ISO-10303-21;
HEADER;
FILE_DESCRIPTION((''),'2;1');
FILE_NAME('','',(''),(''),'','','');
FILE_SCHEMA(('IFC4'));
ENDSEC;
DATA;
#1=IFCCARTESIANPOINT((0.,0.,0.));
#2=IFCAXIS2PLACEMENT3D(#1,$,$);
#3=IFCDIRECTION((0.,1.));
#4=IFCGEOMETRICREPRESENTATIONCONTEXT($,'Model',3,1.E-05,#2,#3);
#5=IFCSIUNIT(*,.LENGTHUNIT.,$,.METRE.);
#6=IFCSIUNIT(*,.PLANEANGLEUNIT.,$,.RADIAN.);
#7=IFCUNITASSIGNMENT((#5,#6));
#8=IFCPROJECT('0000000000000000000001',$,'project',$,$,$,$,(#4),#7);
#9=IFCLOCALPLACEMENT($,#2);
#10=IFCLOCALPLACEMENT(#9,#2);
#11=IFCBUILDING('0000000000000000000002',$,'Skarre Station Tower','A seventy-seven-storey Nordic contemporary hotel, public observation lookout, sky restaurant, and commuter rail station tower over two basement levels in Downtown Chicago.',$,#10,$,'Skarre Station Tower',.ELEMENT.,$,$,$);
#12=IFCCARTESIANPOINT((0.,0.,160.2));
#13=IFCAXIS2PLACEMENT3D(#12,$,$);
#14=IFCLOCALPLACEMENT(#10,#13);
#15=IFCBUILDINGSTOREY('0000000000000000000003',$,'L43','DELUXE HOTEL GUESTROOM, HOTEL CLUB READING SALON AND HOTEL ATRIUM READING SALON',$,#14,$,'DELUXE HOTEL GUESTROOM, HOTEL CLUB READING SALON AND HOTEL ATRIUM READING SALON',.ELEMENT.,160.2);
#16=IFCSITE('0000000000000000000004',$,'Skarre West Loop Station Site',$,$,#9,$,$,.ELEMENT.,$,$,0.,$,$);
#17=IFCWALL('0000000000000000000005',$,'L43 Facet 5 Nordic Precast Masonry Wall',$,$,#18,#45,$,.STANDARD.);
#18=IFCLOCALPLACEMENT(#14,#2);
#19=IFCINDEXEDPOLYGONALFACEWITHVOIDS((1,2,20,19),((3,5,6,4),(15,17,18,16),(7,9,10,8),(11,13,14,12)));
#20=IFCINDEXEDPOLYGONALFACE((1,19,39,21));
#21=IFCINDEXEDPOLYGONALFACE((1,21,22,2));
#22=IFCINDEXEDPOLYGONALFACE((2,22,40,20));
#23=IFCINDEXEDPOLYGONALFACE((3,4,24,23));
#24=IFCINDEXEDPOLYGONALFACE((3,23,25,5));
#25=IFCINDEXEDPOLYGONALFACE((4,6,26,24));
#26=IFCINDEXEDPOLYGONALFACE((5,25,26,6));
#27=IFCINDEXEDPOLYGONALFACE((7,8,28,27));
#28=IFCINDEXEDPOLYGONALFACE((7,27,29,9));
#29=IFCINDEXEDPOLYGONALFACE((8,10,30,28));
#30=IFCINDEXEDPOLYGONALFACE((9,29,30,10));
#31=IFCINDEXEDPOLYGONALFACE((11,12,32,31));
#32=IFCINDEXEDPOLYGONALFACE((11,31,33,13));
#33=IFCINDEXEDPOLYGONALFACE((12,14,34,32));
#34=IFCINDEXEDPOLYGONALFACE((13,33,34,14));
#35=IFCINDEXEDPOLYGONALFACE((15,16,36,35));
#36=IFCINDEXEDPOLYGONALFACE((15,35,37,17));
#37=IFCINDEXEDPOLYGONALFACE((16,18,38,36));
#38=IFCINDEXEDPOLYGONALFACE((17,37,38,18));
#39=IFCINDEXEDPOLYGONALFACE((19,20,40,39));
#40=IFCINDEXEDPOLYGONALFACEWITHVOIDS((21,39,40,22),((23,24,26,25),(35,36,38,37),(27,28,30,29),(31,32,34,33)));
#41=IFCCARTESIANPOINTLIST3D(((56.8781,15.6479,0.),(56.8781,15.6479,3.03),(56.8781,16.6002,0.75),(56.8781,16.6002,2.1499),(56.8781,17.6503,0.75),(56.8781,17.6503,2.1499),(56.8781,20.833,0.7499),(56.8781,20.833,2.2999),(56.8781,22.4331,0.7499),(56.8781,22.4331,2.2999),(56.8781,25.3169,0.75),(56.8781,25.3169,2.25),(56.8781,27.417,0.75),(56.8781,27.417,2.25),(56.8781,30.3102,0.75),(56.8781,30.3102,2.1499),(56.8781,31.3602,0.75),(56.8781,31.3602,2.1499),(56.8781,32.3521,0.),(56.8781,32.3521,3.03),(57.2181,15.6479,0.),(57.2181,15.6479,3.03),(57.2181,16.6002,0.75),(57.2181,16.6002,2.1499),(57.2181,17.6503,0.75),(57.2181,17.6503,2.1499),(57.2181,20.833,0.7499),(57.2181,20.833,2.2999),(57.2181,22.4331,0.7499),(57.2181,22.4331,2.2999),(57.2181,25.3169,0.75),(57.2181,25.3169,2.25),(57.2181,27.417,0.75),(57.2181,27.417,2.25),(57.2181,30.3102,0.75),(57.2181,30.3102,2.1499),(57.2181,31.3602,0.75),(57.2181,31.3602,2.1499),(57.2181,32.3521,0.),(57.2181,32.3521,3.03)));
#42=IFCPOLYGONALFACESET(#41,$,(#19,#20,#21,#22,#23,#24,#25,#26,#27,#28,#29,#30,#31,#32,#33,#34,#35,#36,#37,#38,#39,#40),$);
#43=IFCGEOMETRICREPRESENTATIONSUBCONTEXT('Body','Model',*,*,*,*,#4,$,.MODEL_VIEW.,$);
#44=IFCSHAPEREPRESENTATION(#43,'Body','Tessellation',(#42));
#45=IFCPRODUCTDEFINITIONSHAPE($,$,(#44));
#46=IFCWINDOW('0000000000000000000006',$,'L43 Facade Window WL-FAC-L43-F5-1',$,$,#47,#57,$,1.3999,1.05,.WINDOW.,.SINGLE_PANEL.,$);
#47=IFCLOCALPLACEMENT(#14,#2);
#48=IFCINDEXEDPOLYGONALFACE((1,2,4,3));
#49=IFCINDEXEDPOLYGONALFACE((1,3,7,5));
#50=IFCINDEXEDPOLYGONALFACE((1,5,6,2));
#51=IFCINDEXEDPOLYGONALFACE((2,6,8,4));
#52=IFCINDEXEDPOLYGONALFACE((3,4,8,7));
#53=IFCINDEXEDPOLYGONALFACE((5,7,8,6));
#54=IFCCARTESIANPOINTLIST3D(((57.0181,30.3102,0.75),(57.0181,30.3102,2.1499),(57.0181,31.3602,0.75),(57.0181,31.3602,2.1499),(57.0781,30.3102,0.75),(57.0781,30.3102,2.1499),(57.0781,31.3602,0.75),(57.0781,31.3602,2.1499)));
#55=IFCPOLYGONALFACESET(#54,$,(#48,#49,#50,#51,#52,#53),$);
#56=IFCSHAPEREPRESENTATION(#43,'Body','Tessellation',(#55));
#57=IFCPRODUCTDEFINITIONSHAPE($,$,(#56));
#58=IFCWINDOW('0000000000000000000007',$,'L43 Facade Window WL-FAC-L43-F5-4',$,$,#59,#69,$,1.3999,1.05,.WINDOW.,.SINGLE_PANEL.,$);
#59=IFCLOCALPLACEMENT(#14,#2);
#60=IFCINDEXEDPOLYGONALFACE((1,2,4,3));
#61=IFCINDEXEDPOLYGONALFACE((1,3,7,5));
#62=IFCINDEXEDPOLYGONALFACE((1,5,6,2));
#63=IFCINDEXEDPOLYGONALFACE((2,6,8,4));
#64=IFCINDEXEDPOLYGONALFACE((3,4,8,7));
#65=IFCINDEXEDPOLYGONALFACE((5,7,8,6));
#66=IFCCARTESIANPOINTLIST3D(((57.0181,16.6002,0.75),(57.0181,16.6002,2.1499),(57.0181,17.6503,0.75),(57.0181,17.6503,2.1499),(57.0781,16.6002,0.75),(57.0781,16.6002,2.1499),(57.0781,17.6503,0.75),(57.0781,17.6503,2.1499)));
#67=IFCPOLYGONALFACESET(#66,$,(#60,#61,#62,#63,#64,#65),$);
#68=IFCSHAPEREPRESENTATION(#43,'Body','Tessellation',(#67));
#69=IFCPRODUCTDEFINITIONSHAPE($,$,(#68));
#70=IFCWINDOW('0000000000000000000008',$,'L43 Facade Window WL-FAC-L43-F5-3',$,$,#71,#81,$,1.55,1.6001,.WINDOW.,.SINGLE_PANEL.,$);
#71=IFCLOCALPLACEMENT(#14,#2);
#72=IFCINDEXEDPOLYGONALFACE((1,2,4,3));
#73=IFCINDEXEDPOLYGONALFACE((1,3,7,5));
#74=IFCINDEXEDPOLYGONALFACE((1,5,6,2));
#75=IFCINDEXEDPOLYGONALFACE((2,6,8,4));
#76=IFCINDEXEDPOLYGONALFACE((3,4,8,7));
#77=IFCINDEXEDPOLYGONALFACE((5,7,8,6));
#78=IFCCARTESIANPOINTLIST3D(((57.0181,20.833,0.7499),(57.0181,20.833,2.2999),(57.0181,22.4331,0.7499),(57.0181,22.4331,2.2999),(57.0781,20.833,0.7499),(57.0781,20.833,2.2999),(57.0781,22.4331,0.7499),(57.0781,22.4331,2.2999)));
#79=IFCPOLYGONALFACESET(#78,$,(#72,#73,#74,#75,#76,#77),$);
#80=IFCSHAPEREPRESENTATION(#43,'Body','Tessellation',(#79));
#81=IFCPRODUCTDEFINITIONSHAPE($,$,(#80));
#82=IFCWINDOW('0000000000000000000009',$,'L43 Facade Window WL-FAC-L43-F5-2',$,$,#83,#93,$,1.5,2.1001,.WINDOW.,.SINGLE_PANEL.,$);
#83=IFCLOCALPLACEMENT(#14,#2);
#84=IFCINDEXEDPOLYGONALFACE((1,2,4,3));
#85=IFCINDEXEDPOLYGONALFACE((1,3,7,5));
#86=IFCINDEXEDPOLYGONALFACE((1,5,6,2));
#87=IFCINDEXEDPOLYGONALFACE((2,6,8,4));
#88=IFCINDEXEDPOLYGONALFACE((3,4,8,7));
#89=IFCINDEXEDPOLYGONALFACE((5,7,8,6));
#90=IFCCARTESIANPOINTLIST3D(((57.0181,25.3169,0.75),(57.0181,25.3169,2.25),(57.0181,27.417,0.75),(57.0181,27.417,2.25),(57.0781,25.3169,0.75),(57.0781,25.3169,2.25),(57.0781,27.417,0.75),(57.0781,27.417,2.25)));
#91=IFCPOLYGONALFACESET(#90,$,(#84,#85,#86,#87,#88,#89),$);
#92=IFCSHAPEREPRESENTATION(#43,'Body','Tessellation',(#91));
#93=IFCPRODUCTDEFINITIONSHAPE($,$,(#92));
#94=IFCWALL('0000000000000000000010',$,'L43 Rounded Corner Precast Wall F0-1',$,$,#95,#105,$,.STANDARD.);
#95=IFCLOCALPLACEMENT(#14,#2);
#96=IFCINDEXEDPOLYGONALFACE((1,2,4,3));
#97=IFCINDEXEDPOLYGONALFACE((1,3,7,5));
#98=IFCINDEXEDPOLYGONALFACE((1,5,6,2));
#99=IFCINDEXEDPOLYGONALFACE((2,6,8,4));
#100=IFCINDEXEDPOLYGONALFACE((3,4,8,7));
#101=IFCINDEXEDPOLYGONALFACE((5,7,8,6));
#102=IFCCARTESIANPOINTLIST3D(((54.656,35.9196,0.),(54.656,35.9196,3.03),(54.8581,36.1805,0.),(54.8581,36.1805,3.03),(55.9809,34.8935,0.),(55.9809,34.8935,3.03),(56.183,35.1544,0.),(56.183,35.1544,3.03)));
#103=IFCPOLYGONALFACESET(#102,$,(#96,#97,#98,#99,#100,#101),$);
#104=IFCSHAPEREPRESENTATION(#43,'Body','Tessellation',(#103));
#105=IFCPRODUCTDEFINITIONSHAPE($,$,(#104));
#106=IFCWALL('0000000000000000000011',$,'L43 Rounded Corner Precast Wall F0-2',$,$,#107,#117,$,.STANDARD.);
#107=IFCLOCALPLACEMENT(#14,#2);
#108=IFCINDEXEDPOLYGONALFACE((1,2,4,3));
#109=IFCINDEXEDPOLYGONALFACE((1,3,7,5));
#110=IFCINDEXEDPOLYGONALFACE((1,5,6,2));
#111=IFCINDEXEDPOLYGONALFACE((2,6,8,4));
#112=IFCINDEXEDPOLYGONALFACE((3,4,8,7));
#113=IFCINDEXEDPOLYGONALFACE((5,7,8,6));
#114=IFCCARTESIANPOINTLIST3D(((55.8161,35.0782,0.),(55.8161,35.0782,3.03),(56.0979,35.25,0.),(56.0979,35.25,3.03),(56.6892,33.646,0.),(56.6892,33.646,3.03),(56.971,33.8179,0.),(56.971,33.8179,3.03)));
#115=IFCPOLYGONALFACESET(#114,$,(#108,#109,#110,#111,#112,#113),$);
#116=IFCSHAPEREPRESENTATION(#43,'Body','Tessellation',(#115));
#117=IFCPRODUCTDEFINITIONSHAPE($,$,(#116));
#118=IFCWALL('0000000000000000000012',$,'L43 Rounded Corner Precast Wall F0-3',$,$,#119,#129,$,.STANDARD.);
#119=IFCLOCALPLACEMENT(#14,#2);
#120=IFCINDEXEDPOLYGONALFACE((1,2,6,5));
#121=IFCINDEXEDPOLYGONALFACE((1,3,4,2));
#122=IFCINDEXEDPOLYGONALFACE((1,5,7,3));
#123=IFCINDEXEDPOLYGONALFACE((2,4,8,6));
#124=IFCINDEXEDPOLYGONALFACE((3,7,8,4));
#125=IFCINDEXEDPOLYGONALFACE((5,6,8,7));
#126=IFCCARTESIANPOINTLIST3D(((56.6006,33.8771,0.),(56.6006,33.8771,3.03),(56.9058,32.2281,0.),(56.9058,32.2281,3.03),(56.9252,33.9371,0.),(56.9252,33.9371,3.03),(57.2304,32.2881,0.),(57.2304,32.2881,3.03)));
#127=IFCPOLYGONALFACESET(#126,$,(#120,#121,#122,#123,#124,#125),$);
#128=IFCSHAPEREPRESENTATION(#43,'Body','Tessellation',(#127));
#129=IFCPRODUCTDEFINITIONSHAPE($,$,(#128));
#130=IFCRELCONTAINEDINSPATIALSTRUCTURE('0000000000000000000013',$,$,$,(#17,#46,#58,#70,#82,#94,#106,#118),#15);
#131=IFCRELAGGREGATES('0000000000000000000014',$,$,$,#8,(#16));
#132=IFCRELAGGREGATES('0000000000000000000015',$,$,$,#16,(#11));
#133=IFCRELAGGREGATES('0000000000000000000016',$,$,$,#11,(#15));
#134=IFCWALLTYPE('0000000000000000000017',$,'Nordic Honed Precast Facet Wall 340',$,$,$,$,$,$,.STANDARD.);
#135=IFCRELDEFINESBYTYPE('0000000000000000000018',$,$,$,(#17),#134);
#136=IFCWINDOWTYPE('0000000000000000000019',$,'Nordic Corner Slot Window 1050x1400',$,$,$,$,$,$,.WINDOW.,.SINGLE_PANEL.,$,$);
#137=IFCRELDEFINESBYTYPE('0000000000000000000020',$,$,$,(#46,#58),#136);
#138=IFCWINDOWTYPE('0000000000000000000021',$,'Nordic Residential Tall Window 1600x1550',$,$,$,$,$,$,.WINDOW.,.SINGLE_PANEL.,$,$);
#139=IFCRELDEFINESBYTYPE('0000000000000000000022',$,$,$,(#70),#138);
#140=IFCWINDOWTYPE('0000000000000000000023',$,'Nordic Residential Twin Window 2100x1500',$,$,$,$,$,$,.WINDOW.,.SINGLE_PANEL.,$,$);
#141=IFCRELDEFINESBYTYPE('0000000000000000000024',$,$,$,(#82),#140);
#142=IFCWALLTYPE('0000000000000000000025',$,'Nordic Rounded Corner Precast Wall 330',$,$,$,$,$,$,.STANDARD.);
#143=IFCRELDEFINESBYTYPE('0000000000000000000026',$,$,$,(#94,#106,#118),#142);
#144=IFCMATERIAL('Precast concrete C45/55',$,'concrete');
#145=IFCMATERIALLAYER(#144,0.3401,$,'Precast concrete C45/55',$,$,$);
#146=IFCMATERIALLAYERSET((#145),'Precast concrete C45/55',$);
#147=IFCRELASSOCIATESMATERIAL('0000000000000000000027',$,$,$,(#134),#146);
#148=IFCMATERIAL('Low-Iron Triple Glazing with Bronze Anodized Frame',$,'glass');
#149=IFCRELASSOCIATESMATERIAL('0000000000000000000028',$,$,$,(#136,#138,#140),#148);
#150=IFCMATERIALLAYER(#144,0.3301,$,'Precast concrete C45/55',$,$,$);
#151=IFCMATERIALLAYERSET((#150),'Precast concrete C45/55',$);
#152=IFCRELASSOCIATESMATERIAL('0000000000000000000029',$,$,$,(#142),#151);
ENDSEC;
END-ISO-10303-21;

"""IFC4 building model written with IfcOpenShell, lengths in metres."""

from ifc_helpers import new_model, si_unit, direction, frame, frame_2d, origin, place, context, subcontext, project, spatial, rectangle, extrude, material, layer, layer_set, type_object, element, fill, save


model = new_model("IFC4")

# Units and contexts
model_context = context("Model", 3, precision=1e-05, world=origin(), true_north=direction((0.0, 1.0)))
body_context = subcontext(model_context, "Body", "Model", "MODEL_VIEW")
ifc_project = project(units=[si_unit("LENGTHUNIT", "METRE"), si_unit("PLANEANGLEUNIT", "RADIAN")], contexts=[model_context])

# Site, building, storey
site_placement = place(None, origin())
site = spatial("IfcSite", under=ifc_project, at=site_placement, Name="Skarre West Loop Station Site", CompositionType="ELEMENT", RefElevation=0.0)
building_placement = place(site_placement, origin())
building = spatial("IfcBuilding", under=site, at=building_placement, Name="Skarre Station Tower", Description="A seventy-seven-storey Nordic contemporary hotel, public observation lookout, sky restaurant, and commuter rail station tower over two basement levels in Downtown Chicago.", LongName="Skarre Station Tower", CompositionType="ELEMENT")
storey_placement = place(building_placement, frame((0.0, 0.0, 160.2)))
storey = spatial("IfcBuildingStorey", under=building, at=storey_placement, Name="L43", Description="DELUXE HOTEL GUESTROOM, HOTEL CLUB READING SALON AND HOTEL ATRIUM READING SALON", LongName="DELUXE HOTEL GUESTROOM, HOTEL CLUB READING SALON AND HOTEL ATRIUM READING SALON", CompositionType="ELEMENT", Elevation=160.2)

# Wall, openings, windows
ifc_material_1 = material(Name="Precast concrete C45/55", Category="concrete")
ifc_layer_1 = layer(ifc_material_1, 0.3401, Name="Precast concrete C45/55")
ifc_layer_set_1 = layer_set([ifc_layer_1], Name="Precast concrete C45/55")
wall_type_1 = type_object("IfcWallType", Name="Nordic Honed Precast Facet Wall 340", PredefinedType="STANDARD", material=ifc_layer_set_1)
wall_1_placement = place(storey_placement, frame((57.0481, 32.3521, 0.0), z_axis=(0.0, 0.0, 1.0), x_axis=(0.0, -1.0, 0.0)))
wall_1 = element("IfcWall", 1, at=wall_1_placement, inside=storey, type_object=wall_type_1, Name="L43 Facet 5 Nordic Precast Masonry Wall", PredefinedType="STANDARD", context=body_context, shape_type="SweptSolid", body=[
    extrude(rectangle(XDim=16.7041, YDim=0.3401, at=frame_2d((8.3521, 0.0))), origin(), (0.0, 0.0, 1.0), 3.03),
])
opening_1_placement = place(wall_1_placement, frame((0.9919, 0.0, 0.75)))
opening_1 = element("IfcOpeningElement", 2, at=opening_1_placement, cuts=wall_1, PredefinedType="OPENING", context=body_context, shape_type="SweptSolid", body=[
    extrude(rectangle(XDim=1.05, YDim=1.3999, at=frame_2d((0.5249, 0.7))), frame((0.0, 0.1799, 0.0), z_axis=(0.0, -1.0, 0.0), x_axis=(1.0, 0.0, 0.0)), (0.0, 0.0, 1.0), 0.3601),
])
opening_2_placement = place(wall_1_placement, frame((4.9351, 0.0, 0.75)))
opening_2 = element("IfcOpeningElement", 3, at=opening_2_placement, cuts=wall_1, PredefinedType="OPENING", context=body_context, shape_type="SweptSolid", body=[
    extrude(rectangle(XDim=2.1001, YDim=1.5, at=frame_2d((1.05, 0.75))), frame((0.0, 0.1799, 0.0), z_axis=(0.0, -1.0, 0.0), x_axis=(1.0, 0.0, 0.0)), (0.0, 0.0, 1.0), 0.3601),
])
opening_3_placement = place(wall_1_placement, frame((9.9189, 0.0, 0.75)))
opening_3 = element("IfcOpeningElement", 4, at=opening_3_placement, cuts=wall_1, PredefinedType="OPENING", context=body_context, shape_type="SweptSolid", body=[
    extrude(rectangle(XDim=1.6001, YDim=1.55, at=frame_2d((0.8, 0.7749))), frame((0.0, 0.1799, 0.0), z_axis=(0.0, -1.0, 0.0), x_axis=(1.0, 0.0, 0.0)), (0.0, 0.0, 1.0), 0.3601),
])
opening_4_placement = place(wall_1_placement, frame((14.7019, 0.0, 0.75)))
opening_4 = element("IfcOpeningElement", 5, at=opening_4_placement, cuts=wall_1, PredefinedType="OPENING", context=body_context, shape_type="SweptSolid", body=[
    extrude(rectangle(XDim=1.05, YDim=1.3999, at=frame_2d((0.5249, 0.7))), frame((0.0, 0.1799, 0.0), z_axis=(0.0, -1.0, 0.0), x_axis=(1.0, 0.0, 0.0)), (0.0, 0.0, 1.0), 0.3601),
])
ifc_material_2 = material(Name="Low-Iron Triple Glazing with Bronze Anodized Frame", Category="glass")
window_type_1 = type_object("IfcWindowType", Name="Nordic Corner Slot Window 1050x1400", PartitioningType="SINGLE_PANEL", PredefinedType="WINDOW", material=ifc_material_2)
window_1_placement = place(opening_1_placement, origin())
window_1 = element("IfcWindow", 6, at=window_1_placement, inside=storey, type_object=window_type_1, Name="L43 Facade Window WL-FAC-L43-F5-1", OverallHeight=1.3999, OverallWidth=1.05, PartitioningType="SINGLE_PANEL", PredefinedType="WINDOW", context=body_context, shape_type="SweptSolid", body=[
    extrude(rectangle(XDim=1.05, YDim=1.3999, at=frame_2d((0.5249, 0.7))), frame((0.0, 0.03, 0.0), z_axis=(0.0, -1.0, 0.0), x_axis=(1.0, 0.0, 0.0)), (0.0, 0.0, 1.0), 0.0601),
])
fill(opening_1, window_1)
window_2_placement = place(opening_4_placement, origin())
window_2 = element("IfcWindow", 7, at=window_2_placement, inside=storey, type_object=window_type_1, Name="L43 Facade Window WL-FAC-L43-F5-4", OverallHeight=1.3999, OverallWidth=1.05, PartitioningType="SINGLE_PANEL", PredefinedType="WINDOW", context=body_context, shape_type="SweptSolid", body=[
    extrude(rectangle(XDim=1.05, YDim=1.3999, at=frame_2d((0.5249, 0.7))), frame((0.0, 0.03, 0.0), z_axis=(0.0, -1.0, 0.0), x_axis=(1.0, 0.0, 0.0)), (0.0, 0.0, 1.0), 0.0601),
])
fill(opening_4, window_2)
window_type_2 = type_object("IfcWindowType", Name="Nordic Residential Tall Window 1600x1550", PartitioningType="SINGLE_PANEL", PredefinedType="WINDOW", material=ifc_material_2)
window_3_placement = place(opening_3_placement, origin())
window_3 = element("IfcWindow", 8, at=window_3_placement, inside=storey, type_object=window_type_2, Name="L43 Facade Window WL-FAC-L43-F5-3", OverallHeight=1.55, OverallWidth=1.6001, PartitioningType="SINGLE_PANEL", PredefinedType="WINDOW", context=body_context, shape_type="SweptSolid", body=[
    extrude(rectangle(XDim=1.6001, YDim=1.55, at=frame_2d((0.8, 0.7749))), frame((0.0, 0.03, 0.0), z_axis=(0.0, -1.0, 0.0), x_axis=(1.0, 0.0, 0.0)), (0.0, 0.0, 1.0), 0.0601),
])
fill(opening_3, window_3)
window_type_3 = type_object("IfcWindowType", Name="Nordic Residential Twin Window 2100x1500", PartitioningType="SINGLE_PANEL", PredefinedType="WINDOW", material=ifc_material_2)
window_4_placement = place(opening_2_placement, origin())
window_4 = element("IfcWindow", 9, at=window_4_placement, inside=storey, type_object=window_type_3, Name="L43 Facade Window WL-FAC-L43-F5-2", OverallHeight=1.5, OverallWidth=2.1001, PartitioningType="SINGLE_PANEL", PredefinedType="WINDOW", context=body_context, shape_type="SweptSolid", body=[
    extrude(rectangle(XDim=2.1001, YDim=1.5, at=frame_2d((1.05, 0.75))), frame((0.0, 0.03, 0.0), z_axis=(0.0, -1.0, 0.0), x_axis=(1.0, 0.0, 0.0)), (0.0, 0.0, 1.0), 0.0601),
])
fill(opening_2, window_4)

# Walls
ifc_layer_2 = layer(ifc_material_1, 0.3301, Name="Precast concrete C45/55")
ifc_layer_set_2 = layer_set([ifc_layer_2], Name="Precast concrete C45/55")
wall_type_2 = type_object("IfcWallType", Name="Nordic Rounded Corner Precast Wall 330", PredefinedType="STANDARD", material=ifc_layer_set_2)
wall_2_placement = place(storey_placement, frame((54.7571, 36.05, 0.0), z_axis=(0.0, 0.0, 1.0), x_axis=(0.790621, -0.612305, 0.0)))
element("IfcWall", 10, at=wall_2_placement, inside=storey, type_object=wall_type_2, Name="L43 Rounded Corner Precast Wall F0-1", PredefinedType="STANDARD", context=body_context, shape_type="SweptSolid", body=[
    extrude(rectangle(XDim=1.6758, YDim=0.3301, at=frame_2d((0.8379, 0.0))), origin(), (0.0, 0.0, 1.0), 3.03),
])
wall_3_placement = place(storey_placement, frame((55.957, 35.1641, 0.0), z_axis=(0.0, 0.0, 1.0), x_axis=(0.520519, -0.85385, 0.0)))
element("IfcWall", 11, at=wall_3_placement, inside=storey, type_object=wall_type_2, Name="L43 Rounded Corner Precast Wall F0-2", PredefinedType="STANDARD", context=body_context, shape_type="SweptSolid", body=[
    extrude(rectangle(XDim=1.6772, YDim=0.3301, at=frame_2d((0.8386, 0.0))), origin(), (0.0, 0.0, 1.0), 3.03),
])
wall_4_placement = place(storey_placement, frame((56.7629, 33.907, 0.0), z_axis=(0.0, 0.0, 1.0), x_axis=(0.181985, -0.983301, 0.0)))
element("IfcWall", 12, at=wall_4_placement, inside=storey, type_object=wall_type_2, Name="L43 Rounded Corner Precast Wall F0-3", PredefinedType="STANDARD", context=body_context, shape_type="SweptSolid", body=[
    extrude(rectangle(XDim=1.677, YDim=0.3301, at=frame_2d((0.8384, 0.0))), origin(), (0.0, 0.0, 1.0), 3.03),
])

save(model, "model.ifc")
